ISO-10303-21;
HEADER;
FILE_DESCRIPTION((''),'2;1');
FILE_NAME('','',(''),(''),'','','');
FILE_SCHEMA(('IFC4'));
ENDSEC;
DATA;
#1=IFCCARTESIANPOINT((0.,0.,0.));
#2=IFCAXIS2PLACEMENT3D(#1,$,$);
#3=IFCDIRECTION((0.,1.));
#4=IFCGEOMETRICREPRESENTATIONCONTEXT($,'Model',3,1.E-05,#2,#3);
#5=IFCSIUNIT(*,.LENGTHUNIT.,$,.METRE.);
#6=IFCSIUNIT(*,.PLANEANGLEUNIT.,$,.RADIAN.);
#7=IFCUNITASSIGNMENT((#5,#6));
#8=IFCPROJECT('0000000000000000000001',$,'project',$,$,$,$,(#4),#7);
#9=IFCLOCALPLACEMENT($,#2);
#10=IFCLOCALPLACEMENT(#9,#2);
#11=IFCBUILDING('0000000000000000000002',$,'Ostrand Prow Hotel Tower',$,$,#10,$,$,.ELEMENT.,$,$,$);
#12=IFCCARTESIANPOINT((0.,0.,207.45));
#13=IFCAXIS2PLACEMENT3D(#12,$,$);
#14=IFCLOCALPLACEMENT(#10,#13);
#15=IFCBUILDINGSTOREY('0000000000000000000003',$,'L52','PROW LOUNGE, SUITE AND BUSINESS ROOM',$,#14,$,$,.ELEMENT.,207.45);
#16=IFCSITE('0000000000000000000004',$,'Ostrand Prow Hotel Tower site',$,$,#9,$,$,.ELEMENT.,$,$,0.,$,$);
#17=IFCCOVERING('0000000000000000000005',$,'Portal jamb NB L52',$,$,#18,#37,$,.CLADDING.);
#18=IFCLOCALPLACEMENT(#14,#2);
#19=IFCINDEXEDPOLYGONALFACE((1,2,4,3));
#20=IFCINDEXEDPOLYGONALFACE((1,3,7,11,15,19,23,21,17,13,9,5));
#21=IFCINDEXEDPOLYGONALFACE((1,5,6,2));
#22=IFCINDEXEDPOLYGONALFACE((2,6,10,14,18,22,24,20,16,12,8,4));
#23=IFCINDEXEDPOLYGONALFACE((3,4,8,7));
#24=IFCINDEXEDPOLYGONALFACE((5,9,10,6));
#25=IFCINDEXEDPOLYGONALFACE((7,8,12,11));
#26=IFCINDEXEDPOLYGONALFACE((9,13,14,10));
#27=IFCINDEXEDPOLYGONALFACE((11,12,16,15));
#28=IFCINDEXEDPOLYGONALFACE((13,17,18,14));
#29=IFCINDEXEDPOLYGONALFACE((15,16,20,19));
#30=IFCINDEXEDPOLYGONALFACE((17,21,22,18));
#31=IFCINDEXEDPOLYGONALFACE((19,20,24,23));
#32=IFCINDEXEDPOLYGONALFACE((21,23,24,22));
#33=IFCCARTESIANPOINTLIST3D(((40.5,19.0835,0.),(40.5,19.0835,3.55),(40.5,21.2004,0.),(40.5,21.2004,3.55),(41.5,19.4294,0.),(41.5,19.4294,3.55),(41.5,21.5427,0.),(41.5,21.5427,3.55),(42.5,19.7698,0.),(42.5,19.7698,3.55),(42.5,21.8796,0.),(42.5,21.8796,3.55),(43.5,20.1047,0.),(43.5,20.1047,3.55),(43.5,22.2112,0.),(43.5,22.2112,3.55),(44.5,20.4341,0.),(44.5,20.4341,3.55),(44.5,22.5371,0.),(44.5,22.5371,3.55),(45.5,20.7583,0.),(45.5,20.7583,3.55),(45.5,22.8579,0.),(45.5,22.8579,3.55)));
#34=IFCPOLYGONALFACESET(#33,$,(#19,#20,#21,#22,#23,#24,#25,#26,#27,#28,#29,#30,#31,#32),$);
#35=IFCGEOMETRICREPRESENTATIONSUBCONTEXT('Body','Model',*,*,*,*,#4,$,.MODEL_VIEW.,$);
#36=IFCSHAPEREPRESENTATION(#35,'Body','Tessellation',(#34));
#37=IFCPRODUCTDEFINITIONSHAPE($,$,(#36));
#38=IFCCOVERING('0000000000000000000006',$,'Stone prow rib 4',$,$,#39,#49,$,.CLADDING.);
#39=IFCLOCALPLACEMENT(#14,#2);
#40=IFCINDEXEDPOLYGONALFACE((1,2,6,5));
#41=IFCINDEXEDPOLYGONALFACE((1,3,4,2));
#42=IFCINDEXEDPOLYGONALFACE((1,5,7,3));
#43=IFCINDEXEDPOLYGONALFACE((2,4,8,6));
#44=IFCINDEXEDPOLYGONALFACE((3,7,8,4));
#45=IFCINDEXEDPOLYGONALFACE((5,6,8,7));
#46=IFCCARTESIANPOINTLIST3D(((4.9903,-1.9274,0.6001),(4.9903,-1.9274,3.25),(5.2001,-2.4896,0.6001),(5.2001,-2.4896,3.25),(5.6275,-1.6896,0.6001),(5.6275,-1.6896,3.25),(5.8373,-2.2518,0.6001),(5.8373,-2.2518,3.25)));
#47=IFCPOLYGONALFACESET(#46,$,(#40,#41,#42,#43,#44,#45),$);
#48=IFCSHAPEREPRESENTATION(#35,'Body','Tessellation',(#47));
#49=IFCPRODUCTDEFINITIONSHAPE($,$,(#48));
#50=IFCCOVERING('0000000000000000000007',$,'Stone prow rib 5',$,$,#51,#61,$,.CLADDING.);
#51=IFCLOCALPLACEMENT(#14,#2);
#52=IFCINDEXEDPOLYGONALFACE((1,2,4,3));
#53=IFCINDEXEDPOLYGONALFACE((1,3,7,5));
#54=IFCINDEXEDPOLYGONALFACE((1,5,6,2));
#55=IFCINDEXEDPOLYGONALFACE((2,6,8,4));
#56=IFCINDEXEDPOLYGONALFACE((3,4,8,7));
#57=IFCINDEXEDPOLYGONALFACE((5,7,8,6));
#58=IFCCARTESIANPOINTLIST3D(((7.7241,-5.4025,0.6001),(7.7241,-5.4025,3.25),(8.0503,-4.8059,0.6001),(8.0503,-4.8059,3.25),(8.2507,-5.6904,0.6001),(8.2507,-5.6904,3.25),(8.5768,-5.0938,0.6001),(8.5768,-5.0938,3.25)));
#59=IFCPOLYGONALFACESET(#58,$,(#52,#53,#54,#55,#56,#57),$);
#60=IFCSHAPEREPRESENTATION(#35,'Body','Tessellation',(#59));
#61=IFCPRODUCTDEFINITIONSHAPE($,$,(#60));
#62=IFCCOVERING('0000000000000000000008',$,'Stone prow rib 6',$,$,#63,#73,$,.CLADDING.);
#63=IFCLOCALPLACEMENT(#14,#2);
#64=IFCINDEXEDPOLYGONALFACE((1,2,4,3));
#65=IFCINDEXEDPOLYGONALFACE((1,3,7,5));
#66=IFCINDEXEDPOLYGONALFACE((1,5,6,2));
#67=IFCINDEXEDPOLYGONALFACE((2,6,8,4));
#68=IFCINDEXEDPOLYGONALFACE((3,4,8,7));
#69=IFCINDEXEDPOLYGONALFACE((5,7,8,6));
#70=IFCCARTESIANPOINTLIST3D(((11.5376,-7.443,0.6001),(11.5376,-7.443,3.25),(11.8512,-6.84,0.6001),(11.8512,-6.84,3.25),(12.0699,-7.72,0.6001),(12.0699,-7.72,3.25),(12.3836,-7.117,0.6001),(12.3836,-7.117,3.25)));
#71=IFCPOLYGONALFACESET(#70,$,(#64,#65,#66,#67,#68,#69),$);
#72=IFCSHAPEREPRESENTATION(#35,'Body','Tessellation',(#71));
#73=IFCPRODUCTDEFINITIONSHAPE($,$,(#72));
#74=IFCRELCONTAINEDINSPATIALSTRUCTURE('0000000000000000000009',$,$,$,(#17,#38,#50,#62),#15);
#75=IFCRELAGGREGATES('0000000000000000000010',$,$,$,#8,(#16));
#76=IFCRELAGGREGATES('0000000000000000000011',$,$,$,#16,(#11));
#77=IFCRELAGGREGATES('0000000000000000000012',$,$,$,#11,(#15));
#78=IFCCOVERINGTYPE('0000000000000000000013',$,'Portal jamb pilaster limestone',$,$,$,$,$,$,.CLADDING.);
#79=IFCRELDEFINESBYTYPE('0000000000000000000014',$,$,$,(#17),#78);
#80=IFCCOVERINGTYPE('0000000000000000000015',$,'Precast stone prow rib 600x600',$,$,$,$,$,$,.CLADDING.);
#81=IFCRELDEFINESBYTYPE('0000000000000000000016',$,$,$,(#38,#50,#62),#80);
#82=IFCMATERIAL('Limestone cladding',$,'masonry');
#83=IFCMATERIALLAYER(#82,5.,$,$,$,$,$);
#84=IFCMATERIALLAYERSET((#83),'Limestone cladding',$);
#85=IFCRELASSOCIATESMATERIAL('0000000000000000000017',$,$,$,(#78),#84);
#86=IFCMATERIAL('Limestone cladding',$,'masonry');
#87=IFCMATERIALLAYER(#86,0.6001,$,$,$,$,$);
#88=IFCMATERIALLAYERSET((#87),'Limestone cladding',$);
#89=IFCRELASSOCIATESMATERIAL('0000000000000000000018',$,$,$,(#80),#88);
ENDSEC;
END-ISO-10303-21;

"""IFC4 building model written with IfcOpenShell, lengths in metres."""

from ifc_helpers import new_model, si_unit, direction, frame, frame_2d, origin, place, context, subcontext, project, spatial, polyline, rectangle, outline, extrude, material, layer, layer_set, type_object, element, save


model = new_model("IFC4")

# Units and contexts
model_context = context("Model", 3, precision=1e-05, world=origin(), true_north=direction((0.0, 1.0)))
body_context = subcontext(model_context, "Body", "Model", "MODEL_VIEW")
ifc_project = project(units=[si_unit("LENGTHUNIT", "METRE"), si_unit("PLANEANGLEUNIT", "RADIAN")], contexts=[model_context])

# Site, building, storey
site_placement = place(None, origin())
site = spatial("IfcSite", under=ifc_project, at=site_placement, Name="Ostrand Prow Hotel Tower site", CompositionType="ELEMENT", RefElevation=0.0)
building_placement = place(site_placement, origin())
building = spatial("IfcBuilding", under=site, at=building_placement, Name="Ostrand Prow Hotel Tower", CompositionType="ELEMENT")
storey_placement = place(building_placement, frame((0.0, 0.0, 207.45)))
storey = spatial("IfcBuildingStorey", under=building, at=storey_placement, Name="L52", Description="PROW LOUNGE, SUITE AND BUSINESS ROOM", CompositionType="ELEMENT", Elevation=207.45)

# Coverings
ifc_material_1 = material(Name="Limestone cladding", Category="masonry")
ifc_layer_1 = layer(ifc_material_1, 5.0)
ifc_layer_set_1 = layer_set([ifc_layer_1], Name="Limestone cladding")
covering_type_1 = type_object("IfcCoveringType", Name="Portal jamb pilaster limestone", PredefinedType="CLADDING", material=ifc_layer_set_1)
covering_1_placement = place(storey_placement, origin())
element("IfcCovering", 1, at=covering_1_placement, inside=storey, type_object=covering_type_1, Name="Portal jamb NB L52", PredefinedType="CLADDING", context=body_context, shape_type="SweptSolid", body=[
    extrude(outline(polyline([(40.5, 19.0835), (41.5, 19.4294), (42.5, 19.7698), (43.5, 20.1047), (44.5, 20.4341), (45.5, 20.7583), (45.5, 22.8579), (44.5, 22.5371), (43.5, 22.2112), (42.5, 21.8796), (41.5, 21.5427), (40.5, 21.2004), (40.5, 19.0835)])), origin(), (0.0, 0.0, 1.0), 3.55),
])
ifc_material_2 = material(Name="Limestone cladding", Category="masonry")
ifc_layer_2 = layer(ifc_material_2, 0.6001)
ifc_layer_set_2 = layer_set([ifc_layer_2], Name="Limestone cladding")
covering_type_2 = type_object("IfcCoveringType", Name="Precast stone prow rib 600x600", PredefinedType="CLADDING", material=ifc_layer_set_2)
covering_2_placement = place(storey_placement, frame((5.7324, -1.9707, 0.6001), z_axis=(0.0, 0.0, 1.0), x_axis=(-0.936889, -0.349628, 0.0)))
element("IfcCovering", 2, at=covering_2_placement, inside=storey, type_object=covering_type_2, Name="Stone prow rib 4", PredefinedType="CLADDING", context=body_context, shape_type="SweptSolid", body=[
    extrude(rectangle(XDim=0.6802, YDim=0.6001, at=frame_2d((0.3401, 0.0))), origin(), (0.0, 0.0, 1.0), 2.6499),
])
covering_3_placement = place(storey_placement, frame((8.3135, -4.95, 0.6001), z_axis=(0.0, 0.0, 1.0), x_axis=(-0.479657, -0.877456, 0.0)))
element("IfcCovering", 3, at=covering_3_placement, inside=storey, type_object=covering_type_2, Name="Stone prow rib 5", PredefinedType="CLADDING", context=body_context, shape_type="SweptSolid", body=[
    extrude(rectangle(XDim=0.6799, YDim=0.6001, at=frame_2d((0.3398, 0.0))), origin(), (0.0, 0.0, 1.0), 2.6499),
])
covering_4_placement = place(storey_placement, frame((12.1174, -6.9785, 0.6001), z_axis=(0.0, 0.0, 1.0), x_axis=(-0.461522, -0.887129, 0.0)))
element("IfcCovering", 4, at=covering_4_placement, inside=storey, type_object=covering_type_2, Name="Stone prow rib 6", PredefinedType="CLADDING", context=body_context, shape_type="SweptSolid", body=[
    extrude(rectangle(XDim=0.6797, YDim=0.6001, at=frame_2d((0.3398, 0.0))), origin(), (0.0, 0.0, 1.0), 2.6499),
])

save(model, "model.ifc")
